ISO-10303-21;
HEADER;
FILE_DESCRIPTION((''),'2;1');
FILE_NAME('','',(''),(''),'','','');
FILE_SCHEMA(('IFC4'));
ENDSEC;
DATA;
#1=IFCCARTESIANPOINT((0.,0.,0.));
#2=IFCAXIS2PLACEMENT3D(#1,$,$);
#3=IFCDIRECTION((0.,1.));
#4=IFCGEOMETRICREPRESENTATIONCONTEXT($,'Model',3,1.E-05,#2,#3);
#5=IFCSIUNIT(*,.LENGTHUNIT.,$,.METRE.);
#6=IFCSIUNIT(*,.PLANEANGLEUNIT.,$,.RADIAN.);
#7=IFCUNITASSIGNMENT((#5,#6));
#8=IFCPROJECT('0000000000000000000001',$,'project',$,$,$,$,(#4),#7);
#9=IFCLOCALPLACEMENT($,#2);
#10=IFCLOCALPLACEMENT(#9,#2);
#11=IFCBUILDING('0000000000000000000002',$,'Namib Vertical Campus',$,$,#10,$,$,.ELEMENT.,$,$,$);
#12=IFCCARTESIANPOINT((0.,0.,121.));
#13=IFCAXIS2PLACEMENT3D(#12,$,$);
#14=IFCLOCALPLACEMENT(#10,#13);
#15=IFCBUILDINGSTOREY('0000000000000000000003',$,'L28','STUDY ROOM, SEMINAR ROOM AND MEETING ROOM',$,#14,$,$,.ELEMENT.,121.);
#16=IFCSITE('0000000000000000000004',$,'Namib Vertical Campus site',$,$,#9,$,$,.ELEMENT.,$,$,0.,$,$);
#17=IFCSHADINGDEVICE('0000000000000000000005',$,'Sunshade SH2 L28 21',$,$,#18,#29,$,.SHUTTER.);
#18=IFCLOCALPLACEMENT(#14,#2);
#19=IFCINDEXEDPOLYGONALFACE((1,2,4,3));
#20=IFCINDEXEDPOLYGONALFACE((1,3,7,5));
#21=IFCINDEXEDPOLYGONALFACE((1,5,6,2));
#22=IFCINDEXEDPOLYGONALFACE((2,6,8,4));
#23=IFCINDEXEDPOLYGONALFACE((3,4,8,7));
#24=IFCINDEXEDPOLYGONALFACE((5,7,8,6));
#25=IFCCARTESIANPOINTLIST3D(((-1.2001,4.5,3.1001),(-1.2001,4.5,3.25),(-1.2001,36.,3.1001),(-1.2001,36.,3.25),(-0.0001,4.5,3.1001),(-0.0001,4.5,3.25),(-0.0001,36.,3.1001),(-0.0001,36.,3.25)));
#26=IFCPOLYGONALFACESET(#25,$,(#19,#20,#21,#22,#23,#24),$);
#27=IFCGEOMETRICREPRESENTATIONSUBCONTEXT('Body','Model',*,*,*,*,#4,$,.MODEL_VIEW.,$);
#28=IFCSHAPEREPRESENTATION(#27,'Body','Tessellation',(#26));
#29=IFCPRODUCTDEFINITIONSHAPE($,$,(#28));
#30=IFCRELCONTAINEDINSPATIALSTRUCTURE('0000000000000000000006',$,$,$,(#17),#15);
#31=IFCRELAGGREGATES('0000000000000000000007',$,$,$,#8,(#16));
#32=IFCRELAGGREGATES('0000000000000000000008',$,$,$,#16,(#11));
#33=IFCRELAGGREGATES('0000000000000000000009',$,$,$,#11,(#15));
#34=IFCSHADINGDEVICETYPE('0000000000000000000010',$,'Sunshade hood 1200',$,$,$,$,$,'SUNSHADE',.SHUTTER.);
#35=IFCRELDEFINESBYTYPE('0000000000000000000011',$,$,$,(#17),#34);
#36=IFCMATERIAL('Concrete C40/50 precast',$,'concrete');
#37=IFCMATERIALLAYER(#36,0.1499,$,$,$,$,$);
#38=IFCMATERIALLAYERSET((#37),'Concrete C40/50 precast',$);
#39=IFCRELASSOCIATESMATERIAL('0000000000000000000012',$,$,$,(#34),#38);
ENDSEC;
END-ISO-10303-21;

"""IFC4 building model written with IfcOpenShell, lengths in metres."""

from ifc_helpers import new_model, si_unit, direction, frame, origin, origin_2d, place, context, subcontext, project, spatial, rectangle, extrude, material, layer, layer_set, type_object, element, save


model = new_model("IFC4")

# Units and contexts
model_context = context("Model", 3, precision=1e-05, world=origin(), true_north=direction((0.0, 1.0)))
body_context = subcontext(model_context, "Body", "Model", "MODEL_VIEW")
ifc_project = project(units=[si_unit("LENGTHUNIT", "METRE"), si_unit("PLANEANGLEUNIT", "RADIAN")], contexts=[model_context])

# Site, building, storey
site_placement = place(None, origin())
site = spatial("IfcSite", under=ifc_project, at=site_placement, Name="Namib Vertical Campus site", CompositionType="ELEMENT", RefElevation=0.0)
building_placement = place(site_placement, origin())
building = spatial("IfcBuilding", under=site, at=building_placement, Name="Namib Vertical Campus", CompositionType="ELEMENT")
storey_placement = place(building_placement, frame((0.0, 0.0, 121.0)))
storey = spatial("IfcBuildingStorey", under=building, at=storey_placement, Name="L28", Description="STUDY ROOM, SEMINAR ROOM AND MEETING ROOM", CompositionType="ELEMENT", Elevation=121.0)

# Shading device
ifc_material_1 = material(Name="Concrete C40/50 precast", Category="concrete")
ifc_layer_1 = layer(ifc_material_1, 0.1499)
ifc_layer_set_1 = layer_set([ifc_layer_1], Name="Concrete C40/50 precast")
shading_device_type = type_object("IfcShadingDeviceType", Name="Sunshade hood 1200", ElementType="SUNSHADE", PredefinedType="SHUTTER", material=ifc_layer_set_1)
shading_device_placement = place(storey_placement, frame((-0.6001, 20.25, 3.1001), z_axis=(0.0, 0.0, 1.0), x_axis=(0.0, -1.0, 0.0)))
element("IfcShadingDevice", 1, at=shading_device_placement, inside=storey, type_object=shading_device_type, Name="Sunshade SH2 L28 21", PredefinedType="SHUTTER", context=body_context, shape_type="SweptSolid", body=[
    extrude(rectangle(XDim=31.5, YDim=1.2, at=origin_2d()), origin(), (0.0, 0.0, 1.0), 0.1499),
])

save(model, "model.ifc")
